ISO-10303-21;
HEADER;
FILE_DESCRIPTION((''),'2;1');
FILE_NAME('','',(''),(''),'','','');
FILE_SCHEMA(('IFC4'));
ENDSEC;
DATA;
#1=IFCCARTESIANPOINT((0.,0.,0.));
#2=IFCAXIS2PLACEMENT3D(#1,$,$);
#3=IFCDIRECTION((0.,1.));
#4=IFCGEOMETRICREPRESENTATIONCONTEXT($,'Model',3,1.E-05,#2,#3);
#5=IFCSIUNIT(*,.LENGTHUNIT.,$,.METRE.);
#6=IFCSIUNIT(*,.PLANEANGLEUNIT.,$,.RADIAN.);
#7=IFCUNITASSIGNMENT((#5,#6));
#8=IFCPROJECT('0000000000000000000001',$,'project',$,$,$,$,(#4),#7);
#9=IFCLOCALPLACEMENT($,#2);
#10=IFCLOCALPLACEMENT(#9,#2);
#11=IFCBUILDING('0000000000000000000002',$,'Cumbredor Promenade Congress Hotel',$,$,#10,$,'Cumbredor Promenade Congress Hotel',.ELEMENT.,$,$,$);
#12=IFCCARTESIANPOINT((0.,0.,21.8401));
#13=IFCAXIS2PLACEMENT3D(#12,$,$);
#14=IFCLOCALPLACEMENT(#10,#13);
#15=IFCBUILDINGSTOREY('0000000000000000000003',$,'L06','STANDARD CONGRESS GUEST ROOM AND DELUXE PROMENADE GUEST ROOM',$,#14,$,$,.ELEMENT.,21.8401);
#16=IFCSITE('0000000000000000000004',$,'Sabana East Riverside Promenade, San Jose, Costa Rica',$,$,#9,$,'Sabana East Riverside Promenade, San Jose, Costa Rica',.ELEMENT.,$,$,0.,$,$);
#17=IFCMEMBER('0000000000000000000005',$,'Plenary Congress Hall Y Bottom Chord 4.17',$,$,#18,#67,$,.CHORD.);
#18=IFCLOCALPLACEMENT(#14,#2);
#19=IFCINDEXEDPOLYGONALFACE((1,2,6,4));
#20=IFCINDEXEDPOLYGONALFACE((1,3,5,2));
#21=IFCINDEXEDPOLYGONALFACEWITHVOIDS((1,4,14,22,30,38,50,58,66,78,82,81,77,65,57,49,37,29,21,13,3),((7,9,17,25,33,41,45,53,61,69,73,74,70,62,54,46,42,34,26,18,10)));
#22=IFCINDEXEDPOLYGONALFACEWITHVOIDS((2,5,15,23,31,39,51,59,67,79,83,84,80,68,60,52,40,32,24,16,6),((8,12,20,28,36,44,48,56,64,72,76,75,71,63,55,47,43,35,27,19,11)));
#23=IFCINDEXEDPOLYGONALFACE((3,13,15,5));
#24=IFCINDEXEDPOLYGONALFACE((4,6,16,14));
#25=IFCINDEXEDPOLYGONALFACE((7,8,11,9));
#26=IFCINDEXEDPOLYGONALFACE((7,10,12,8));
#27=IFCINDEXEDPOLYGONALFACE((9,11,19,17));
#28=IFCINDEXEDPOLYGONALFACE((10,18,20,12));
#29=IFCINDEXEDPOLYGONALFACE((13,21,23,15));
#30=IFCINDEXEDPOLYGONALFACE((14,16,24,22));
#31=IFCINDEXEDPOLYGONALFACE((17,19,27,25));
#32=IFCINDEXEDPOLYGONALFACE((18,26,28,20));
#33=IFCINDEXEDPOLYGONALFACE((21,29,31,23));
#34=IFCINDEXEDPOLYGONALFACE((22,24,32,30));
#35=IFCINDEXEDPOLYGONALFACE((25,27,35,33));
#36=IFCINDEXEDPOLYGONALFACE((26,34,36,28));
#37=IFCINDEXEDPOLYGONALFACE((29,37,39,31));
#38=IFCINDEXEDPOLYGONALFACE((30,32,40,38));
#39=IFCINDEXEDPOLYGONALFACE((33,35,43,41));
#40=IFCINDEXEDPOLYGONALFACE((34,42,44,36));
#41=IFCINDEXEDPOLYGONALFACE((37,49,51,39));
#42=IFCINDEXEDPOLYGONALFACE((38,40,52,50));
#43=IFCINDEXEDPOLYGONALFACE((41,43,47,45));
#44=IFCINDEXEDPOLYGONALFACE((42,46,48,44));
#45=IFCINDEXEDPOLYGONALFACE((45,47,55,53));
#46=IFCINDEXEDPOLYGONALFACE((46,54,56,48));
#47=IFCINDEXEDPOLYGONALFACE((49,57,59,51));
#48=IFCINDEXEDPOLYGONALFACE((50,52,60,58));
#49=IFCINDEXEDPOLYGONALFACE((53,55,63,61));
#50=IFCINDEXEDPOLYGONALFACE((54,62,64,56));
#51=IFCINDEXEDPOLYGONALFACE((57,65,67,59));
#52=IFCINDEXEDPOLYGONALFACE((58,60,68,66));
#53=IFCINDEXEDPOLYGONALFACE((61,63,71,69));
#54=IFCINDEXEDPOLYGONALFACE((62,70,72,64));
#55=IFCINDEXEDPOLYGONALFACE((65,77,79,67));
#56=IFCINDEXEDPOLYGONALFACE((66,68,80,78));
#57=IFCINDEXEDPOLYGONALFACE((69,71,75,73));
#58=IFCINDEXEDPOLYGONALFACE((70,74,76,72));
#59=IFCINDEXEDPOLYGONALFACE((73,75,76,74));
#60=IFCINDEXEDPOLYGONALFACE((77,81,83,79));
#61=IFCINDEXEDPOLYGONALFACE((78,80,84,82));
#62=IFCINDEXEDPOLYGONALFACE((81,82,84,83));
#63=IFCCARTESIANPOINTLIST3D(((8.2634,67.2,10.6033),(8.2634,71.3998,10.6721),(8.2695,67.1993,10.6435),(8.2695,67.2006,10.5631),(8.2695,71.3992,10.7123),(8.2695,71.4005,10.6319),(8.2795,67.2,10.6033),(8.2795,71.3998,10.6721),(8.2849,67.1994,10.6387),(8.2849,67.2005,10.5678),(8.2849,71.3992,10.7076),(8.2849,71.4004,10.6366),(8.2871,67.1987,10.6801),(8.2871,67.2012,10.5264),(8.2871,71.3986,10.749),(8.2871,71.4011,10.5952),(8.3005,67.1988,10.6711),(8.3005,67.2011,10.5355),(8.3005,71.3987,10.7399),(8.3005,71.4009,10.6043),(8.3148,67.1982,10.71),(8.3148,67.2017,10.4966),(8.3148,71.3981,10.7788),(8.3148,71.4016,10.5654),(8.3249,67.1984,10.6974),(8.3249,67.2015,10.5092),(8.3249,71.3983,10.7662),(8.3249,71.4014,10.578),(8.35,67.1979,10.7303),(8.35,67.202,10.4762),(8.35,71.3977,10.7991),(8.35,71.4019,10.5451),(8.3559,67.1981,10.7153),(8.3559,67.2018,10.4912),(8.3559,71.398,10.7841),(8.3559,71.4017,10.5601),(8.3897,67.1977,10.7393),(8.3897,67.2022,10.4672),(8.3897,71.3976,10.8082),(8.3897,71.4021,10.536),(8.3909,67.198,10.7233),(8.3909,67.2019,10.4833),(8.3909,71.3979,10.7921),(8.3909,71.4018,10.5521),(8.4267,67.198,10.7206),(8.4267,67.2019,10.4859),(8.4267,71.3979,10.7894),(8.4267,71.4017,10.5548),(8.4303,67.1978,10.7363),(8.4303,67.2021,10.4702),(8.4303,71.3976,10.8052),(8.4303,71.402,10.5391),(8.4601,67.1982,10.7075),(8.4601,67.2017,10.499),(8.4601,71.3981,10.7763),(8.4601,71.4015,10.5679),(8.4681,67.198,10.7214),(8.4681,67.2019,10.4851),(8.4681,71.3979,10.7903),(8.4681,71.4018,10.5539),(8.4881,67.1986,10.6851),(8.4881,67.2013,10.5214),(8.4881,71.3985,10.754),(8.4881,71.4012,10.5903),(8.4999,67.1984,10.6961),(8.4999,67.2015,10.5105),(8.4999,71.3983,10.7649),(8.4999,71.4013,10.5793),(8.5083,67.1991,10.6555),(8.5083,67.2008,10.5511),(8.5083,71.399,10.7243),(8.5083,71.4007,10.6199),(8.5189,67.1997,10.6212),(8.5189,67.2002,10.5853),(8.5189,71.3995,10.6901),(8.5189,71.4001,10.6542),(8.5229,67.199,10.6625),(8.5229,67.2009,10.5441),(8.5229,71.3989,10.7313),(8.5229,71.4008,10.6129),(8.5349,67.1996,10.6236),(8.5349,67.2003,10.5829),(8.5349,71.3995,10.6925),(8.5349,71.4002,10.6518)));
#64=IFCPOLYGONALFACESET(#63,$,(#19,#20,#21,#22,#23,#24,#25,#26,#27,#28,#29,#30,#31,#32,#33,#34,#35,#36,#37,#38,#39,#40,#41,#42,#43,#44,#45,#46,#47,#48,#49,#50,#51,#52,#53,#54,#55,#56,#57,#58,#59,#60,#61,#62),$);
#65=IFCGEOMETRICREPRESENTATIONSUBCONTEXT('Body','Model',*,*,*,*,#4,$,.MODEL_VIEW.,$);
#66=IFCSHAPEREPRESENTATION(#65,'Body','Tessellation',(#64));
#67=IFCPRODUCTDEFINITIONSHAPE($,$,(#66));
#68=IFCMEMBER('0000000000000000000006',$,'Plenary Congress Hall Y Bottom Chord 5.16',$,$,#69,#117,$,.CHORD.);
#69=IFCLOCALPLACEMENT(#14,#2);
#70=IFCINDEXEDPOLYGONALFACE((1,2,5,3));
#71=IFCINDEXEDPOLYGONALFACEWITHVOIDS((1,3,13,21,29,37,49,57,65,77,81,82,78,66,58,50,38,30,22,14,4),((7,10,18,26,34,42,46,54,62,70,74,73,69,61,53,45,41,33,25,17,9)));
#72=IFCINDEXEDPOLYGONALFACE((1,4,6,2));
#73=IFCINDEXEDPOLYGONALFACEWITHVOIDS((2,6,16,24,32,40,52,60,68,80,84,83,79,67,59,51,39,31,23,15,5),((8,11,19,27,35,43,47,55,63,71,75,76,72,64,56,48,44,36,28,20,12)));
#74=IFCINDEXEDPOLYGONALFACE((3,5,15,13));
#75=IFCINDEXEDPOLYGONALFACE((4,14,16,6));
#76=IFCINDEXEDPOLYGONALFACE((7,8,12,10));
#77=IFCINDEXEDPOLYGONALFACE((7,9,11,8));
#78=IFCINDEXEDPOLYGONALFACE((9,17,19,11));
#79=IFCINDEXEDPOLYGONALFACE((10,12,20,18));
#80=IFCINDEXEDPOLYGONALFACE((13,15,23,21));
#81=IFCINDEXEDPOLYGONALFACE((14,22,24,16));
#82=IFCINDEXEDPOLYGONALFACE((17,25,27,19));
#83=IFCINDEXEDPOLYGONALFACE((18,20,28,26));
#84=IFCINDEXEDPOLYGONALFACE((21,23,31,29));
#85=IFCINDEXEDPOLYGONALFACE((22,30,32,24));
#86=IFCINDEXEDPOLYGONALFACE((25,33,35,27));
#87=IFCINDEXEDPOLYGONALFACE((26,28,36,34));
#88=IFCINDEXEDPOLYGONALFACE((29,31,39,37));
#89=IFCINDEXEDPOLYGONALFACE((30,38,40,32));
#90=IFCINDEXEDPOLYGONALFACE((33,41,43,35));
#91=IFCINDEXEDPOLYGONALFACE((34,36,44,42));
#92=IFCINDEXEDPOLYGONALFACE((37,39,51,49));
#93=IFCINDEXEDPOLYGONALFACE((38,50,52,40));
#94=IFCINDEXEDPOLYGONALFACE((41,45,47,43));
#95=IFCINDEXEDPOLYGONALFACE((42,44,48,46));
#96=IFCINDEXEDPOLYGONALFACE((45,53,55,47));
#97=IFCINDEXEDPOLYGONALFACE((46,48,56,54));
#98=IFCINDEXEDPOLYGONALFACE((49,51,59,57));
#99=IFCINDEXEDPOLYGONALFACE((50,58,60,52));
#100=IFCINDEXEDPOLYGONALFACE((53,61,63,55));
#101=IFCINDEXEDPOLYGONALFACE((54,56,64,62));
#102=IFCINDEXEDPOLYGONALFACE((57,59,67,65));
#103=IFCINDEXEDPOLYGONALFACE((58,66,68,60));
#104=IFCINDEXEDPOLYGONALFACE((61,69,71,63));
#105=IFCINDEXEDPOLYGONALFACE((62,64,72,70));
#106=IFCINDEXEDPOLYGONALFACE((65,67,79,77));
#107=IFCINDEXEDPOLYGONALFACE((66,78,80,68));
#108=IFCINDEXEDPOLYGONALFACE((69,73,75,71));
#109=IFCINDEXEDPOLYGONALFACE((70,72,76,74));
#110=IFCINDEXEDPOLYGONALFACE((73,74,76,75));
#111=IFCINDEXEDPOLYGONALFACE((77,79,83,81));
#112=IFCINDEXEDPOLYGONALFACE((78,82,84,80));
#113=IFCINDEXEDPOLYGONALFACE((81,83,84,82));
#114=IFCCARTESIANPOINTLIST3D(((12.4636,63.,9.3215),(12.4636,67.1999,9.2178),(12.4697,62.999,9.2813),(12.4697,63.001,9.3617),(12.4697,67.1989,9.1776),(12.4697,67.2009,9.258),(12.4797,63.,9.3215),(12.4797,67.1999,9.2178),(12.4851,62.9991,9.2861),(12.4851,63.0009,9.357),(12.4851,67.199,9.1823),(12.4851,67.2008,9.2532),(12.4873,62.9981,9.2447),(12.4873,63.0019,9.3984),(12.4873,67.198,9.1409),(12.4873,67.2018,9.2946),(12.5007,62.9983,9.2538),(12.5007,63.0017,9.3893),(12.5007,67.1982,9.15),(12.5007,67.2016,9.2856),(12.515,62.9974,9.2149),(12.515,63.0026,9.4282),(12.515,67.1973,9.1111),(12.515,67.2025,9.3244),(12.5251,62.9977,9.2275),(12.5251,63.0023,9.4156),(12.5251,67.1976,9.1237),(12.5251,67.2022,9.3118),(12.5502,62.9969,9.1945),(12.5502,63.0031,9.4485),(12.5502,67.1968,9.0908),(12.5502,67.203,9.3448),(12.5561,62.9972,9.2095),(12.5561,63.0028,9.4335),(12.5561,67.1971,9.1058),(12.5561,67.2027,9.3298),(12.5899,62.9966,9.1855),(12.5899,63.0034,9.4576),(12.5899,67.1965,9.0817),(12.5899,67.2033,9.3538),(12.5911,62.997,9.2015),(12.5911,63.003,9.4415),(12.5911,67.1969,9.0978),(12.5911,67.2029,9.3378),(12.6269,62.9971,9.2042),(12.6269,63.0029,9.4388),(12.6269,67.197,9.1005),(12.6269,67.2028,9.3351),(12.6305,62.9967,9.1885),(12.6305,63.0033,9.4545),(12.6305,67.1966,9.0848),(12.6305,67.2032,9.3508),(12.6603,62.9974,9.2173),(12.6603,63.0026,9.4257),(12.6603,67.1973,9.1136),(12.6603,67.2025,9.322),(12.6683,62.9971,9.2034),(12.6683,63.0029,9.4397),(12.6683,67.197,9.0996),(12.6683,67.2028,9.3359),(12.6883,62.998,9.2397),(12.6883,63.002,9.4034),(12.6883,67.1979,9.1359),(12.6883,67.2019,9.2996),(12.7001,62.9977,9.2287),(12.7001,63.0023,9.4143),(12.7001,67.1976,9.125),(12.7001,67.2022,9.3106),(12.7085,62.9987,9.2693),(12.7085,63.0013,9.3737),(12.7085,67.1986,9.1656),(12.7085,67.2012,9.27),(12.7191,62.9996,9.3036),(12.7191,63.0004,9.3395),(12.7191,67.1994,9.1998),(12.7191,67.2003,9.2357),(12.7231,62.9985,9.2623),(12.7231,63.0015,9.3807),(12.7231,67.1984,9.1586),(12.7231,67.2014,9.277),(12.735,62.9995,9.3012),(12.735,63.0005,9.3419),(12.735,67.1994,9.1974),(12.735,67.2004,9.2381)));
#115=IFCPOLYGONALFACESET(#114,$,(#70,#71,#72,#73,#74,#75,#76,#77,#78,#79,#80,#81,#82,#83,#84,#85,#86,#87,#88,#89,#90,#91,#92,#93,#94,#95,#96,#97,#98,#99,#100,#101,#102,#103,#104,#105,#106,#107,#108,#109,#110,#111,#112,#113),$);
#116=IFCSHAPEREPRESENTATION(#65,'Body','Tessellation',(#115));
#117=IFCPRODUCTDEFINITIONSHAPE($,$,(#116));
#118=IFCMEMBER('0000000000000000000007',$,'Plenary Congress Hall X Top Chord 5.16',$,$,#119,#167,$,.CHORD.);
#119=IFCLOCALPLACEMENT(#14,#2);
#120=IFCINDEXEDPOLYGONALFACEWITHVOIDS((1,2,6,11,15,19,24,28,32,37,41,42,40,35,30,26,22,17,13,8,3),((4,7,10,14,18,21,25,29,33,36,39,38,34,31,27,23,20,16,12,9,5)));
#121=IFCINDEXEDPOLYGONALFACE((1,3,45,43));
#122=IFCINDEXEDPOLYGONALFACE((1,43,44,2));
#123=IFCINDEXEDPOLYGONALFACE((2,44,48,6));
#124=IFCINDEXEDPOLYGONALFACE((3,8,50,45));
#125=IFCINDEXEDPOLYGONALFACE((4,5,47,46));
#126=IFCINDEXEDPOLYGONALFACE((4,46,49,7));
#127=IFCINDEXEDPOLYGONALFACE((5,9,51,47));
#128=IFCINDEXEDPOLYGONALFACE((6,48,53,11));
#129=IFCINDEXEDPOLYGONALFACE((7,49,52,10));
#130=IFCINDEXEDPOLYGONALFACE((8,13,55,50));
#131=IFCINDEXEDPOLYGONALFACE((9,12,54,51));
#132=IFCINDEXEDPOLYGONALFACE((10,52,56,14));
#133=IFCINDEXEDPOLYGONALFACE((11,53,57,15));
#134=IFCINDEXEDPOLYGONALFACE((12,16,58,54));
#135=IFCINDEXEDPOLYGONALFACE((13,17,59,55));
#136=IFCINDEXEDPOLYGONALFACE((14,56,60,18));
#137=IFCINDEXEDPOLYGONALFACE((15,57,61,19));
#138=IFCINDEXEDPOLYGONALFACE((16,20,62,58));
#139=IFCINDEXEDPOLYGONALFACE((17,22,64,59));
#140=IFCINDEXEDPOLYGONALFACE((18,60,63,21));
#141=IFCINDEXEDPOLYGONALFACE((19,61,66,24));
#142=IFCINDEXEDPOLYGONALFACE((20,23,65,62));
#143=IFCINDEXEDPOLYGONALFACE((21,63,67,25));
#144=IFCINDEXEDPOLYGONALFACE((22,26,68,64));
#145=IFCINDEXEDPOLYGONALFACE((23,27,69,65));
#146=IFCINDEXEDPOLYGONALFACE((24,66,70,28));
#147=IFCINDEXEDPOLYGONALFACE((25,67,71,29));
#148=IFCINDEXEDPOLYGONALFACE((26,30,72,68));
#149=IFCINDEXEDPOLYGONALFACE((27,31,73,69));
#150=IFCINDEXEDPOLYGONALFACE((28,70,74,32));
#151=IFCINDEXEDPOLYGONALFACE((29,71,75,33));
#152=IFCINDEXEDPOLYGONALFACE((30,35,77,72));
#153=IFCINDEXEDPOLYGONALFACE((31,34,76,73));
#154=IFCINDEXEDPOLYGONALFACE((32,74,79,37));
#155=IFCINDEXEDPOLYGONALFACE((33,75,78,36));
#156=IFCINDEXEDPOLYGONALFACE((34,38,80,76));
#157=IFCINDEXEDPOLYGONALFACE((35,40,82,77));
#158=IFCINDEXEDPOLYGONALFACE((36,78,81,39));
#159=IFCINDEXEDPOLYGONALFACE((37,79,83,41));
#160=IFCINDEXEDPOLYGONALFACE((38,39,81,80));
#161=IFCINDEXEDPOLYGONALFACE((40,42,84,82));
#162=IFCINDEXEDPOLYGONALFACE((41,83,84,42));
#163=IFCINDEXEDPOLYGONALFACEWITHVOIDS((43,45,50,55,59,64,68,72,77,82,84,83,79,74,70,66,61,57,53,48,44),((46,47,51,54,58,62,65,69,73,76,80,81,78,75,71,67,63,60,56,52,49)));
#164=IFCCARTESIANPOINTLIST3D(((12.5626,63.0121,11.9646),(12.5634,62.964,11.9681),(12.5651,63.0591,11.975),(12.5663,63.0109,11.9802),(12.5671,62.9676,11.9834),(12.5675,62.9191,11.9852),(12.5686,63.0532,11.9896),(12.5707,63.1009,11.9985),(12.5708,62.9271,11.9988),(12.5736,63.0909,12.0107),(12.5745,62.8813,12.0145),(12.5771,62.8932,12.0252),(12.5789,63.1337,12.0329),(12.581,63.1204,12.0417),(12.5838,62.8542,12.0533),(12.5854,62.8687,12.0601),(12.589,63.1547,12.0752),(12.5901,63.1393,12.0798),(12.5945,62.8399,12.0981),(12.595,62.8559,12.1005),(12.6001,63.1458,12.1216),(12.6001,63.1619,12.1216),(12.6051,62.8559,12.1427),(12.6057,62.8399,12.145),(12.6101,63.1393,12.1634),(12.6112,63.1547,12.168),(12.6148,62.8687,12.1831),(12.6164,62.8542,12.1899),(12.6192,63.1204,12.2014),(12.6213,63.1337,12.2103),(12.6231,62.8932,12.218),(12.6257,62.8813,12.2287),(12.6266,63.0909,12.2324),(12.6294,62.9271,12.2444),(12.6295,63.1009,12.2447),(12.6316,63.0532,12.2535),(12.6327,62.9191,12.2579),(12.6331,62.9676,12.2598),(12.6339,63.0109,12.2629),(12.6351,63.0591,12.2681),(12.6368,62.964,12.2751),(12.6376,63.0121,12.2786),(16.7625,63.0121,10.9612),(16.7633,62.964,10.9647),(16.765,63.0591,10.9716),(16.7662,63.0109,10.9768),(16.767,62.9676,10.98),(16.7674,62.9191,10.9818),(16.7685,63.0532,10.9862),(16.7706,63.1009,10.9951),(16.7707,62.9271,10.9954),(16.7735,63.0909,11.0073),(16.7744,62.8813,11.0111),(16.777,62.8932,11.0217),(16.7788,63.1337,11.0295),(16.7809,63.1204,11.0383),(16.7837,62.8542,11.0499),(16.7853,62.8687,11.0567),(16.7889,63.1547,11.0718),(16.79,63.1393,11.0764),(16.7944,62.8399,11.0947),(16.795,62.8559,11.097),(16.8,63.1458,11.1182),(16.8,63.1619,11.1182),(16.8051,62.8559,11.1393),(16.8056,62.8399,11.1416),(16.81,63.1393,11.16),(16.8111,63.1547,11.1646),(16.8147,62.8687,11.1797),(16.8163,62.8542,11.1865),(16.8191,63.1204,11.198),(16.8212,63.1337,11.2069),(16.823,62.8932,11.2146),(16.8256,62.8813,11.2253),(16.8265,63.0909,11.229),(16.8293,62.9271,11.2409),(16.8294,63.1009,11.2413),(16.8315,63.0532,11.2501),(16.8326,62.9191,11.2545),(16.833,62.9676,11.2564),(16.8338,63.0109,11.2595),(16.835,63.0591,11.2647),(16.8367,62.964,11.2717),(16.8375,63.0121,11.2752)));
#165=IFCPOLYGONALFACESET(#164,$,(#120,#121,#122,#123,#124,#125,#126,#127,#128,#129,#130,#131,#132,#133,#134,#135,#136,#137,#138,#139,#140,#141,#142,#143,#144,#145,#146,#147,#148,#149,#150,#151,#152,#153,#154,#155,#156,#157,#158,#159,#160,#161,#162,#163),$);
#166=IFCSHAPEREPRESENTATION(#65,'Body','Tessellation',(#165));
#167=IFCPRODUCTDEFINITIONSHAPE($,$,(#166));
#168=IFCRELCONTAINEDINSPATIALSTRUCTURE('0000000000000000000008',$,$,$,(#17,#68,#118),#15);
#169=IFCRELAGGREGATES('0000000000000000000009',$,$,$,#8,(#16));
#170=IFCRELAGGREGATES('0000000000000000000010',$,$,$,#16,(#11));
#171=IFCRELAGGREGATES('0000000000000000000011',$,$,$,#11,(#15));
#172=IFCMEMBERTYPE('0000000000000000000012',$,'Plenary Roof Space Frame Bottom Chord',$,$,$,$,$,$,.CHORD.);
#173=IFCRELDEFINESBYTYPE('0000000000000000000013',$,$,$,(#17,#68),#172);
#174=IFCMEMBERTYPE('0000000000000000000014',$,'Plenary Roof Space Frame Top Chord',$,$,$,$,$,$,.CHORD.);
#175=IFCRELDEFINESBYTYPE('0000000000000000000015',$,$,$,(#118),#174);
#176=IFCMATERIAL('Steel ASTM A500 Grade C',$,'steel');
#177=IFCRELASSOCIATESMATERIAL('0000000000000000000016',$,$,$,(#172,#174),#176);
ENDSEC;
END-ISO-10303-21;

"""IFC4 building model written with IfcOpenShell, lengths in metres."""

from ifc_helpers import new_model, si_unit, direction, frame, origin, origin_2d, place, context, subcontext, project, spatial, hollow_circle, extrude, material, material_profile, profile_set, type_object, element, save


model = new_model("IFC4")

# Units and contexts
model_context = context("Model", 3, precision=1e-05, world=origin(), true_north=direction((0.0, 1.0)))
body_context = subcontext(model_context, "Body", "Model", "MODEL_VIEW")
ifc_project = project(units=[si_unit("LENGTHUNIT", "METRE"), si_unit("PLANEANGLEUNIT", "RADIAN")], contexts=[model_context])

# Site, building, storey
site_placement = place(None, origin())
site = spatial("IfcSite", under=ifc_project, at=site_placement, Name="Sabana East Riverside Promenade, San Jose, Costa Rica", LongName="Sabana East Riverside Promenade, San Jose, Costa Rica", CompositionType="ELEMENT", RefElevation=0.0)
building_placement = place(site_placement, origin())
building = spatial("IfcBuilding", under=site, at=building_placement, Name="Cumbredor Promenade Congress Hotel", LongName="Cumbredor Promenade Congress Hotel", CompositionType="ELEMENT")
storey_placement = place(building_placement, frame((0.0, 0.0, 21.8401)))
storey = spatial("IfcBuildingStorey", under=building, at=storey_placement, Name="L06", Description="STANDARD CONGRESS GUEST ROOM AND DELUXE PROMENADE GUEST ROOM", CompositionType="ELEMENT", Elevation=21.8401)

# Members
ifc_material_1 = material(Name="Steel ASTM A500 Grade C", Category="steel")
ifc_material_profile_1 = material_profile(ifc_material_1, hollow_circle(Radius=0.1365, WallThickness=0.0161, at=origin_2d()), Name="CHS 273.0x16")
ifc_profile_set_1 = profile_set([ifc_material_profile_1], Name="Steel ASTM A500 Grade C")
member_type_1 = type_object("IfcMemberType", Name="Plenary Roof Space Frame Bottom Chord", PredefinedType="CHORD", material=ifc_profile_set_1)
member_1_placement = place(storey_placement, frame((8.3999, 67.2, 10.6033), z_axis=(0.0, 0.999866, 0.01639), x_axis=(-1.0, 0.0, 0.0)))
element("IfcMember", 1, at=member_1_placement, inside=storey, type_object=member_type_1, Name="Plenary Congress Hall Y Bottom Chord 4.17", PredefinedType="CHORD", context=body_context, shape_type="SweptSolid", body=[
    extrude(hollow_circle(Radius=0.1365, WallThickness=0.0161, at=origin_2d()), origin(), (0.0, 0.0, 1.0), 4.2004),
])
member_2_placement = place(storey_placement, frame((12.6001, 63.0, 9.3215), z_axis=(0.0, 0.999695, -0.024697), x_axis=(-1.0, 0.0, 0.0)))
element("IfcMember", 2, at=member_2_placement, inside=storey, type_object=member_type_1, Name="Plenary Congress Hall Y Bottom Chord 5.16", PredefinedType="CHORD", context=body_context, shape_type="SweptSolid", body=[
    extrude(hollow_circle(Radius=0.1365, WallThickness=0.0161, at=origin_2d()), origin(), (0.0, 0.0, 1.0), 4.2012),
])
ifc_material_profile_2 = material_profile(ifc_material_1, hollow_circle(Radius=0.1619, WallThickness=0.0161, at=origin_2d()), Name="CHS 323.9x16")
ifc_profile_set_2 = profile_set([ifc_material_profile_2], Name="Steel ASTM A500 Grade C")
member_type_2 = type_object("IfcMemberType", Name="Plenary Roof Space Frame Top Chord", PredefinedType="CHORD", material=ifc_profile_set_2)
member_3_placement = place(storey_placement, frame((12.6001, 63.0, 12.1216), z_axis=(0.972627, 0.0, -0.232372), x_axis=(0.0, 1.0, 0.0)))
element("IfcMember", 3, at=member_3_placement, inside=storey, type_object=member_type_2, Name="Plenary Congress Hall X Top Chord 5.16", PredefinedType="CHORD", context=body_context, shape_type="SweptSolid", body=[
    extrude(hollow_circle(Radius=0.1619, WallThickness=0.0161, at=origin_2d()), origin(), (0.0, 0.0, 1.0), 4.3181),
])

save(model, "model.ifc")
